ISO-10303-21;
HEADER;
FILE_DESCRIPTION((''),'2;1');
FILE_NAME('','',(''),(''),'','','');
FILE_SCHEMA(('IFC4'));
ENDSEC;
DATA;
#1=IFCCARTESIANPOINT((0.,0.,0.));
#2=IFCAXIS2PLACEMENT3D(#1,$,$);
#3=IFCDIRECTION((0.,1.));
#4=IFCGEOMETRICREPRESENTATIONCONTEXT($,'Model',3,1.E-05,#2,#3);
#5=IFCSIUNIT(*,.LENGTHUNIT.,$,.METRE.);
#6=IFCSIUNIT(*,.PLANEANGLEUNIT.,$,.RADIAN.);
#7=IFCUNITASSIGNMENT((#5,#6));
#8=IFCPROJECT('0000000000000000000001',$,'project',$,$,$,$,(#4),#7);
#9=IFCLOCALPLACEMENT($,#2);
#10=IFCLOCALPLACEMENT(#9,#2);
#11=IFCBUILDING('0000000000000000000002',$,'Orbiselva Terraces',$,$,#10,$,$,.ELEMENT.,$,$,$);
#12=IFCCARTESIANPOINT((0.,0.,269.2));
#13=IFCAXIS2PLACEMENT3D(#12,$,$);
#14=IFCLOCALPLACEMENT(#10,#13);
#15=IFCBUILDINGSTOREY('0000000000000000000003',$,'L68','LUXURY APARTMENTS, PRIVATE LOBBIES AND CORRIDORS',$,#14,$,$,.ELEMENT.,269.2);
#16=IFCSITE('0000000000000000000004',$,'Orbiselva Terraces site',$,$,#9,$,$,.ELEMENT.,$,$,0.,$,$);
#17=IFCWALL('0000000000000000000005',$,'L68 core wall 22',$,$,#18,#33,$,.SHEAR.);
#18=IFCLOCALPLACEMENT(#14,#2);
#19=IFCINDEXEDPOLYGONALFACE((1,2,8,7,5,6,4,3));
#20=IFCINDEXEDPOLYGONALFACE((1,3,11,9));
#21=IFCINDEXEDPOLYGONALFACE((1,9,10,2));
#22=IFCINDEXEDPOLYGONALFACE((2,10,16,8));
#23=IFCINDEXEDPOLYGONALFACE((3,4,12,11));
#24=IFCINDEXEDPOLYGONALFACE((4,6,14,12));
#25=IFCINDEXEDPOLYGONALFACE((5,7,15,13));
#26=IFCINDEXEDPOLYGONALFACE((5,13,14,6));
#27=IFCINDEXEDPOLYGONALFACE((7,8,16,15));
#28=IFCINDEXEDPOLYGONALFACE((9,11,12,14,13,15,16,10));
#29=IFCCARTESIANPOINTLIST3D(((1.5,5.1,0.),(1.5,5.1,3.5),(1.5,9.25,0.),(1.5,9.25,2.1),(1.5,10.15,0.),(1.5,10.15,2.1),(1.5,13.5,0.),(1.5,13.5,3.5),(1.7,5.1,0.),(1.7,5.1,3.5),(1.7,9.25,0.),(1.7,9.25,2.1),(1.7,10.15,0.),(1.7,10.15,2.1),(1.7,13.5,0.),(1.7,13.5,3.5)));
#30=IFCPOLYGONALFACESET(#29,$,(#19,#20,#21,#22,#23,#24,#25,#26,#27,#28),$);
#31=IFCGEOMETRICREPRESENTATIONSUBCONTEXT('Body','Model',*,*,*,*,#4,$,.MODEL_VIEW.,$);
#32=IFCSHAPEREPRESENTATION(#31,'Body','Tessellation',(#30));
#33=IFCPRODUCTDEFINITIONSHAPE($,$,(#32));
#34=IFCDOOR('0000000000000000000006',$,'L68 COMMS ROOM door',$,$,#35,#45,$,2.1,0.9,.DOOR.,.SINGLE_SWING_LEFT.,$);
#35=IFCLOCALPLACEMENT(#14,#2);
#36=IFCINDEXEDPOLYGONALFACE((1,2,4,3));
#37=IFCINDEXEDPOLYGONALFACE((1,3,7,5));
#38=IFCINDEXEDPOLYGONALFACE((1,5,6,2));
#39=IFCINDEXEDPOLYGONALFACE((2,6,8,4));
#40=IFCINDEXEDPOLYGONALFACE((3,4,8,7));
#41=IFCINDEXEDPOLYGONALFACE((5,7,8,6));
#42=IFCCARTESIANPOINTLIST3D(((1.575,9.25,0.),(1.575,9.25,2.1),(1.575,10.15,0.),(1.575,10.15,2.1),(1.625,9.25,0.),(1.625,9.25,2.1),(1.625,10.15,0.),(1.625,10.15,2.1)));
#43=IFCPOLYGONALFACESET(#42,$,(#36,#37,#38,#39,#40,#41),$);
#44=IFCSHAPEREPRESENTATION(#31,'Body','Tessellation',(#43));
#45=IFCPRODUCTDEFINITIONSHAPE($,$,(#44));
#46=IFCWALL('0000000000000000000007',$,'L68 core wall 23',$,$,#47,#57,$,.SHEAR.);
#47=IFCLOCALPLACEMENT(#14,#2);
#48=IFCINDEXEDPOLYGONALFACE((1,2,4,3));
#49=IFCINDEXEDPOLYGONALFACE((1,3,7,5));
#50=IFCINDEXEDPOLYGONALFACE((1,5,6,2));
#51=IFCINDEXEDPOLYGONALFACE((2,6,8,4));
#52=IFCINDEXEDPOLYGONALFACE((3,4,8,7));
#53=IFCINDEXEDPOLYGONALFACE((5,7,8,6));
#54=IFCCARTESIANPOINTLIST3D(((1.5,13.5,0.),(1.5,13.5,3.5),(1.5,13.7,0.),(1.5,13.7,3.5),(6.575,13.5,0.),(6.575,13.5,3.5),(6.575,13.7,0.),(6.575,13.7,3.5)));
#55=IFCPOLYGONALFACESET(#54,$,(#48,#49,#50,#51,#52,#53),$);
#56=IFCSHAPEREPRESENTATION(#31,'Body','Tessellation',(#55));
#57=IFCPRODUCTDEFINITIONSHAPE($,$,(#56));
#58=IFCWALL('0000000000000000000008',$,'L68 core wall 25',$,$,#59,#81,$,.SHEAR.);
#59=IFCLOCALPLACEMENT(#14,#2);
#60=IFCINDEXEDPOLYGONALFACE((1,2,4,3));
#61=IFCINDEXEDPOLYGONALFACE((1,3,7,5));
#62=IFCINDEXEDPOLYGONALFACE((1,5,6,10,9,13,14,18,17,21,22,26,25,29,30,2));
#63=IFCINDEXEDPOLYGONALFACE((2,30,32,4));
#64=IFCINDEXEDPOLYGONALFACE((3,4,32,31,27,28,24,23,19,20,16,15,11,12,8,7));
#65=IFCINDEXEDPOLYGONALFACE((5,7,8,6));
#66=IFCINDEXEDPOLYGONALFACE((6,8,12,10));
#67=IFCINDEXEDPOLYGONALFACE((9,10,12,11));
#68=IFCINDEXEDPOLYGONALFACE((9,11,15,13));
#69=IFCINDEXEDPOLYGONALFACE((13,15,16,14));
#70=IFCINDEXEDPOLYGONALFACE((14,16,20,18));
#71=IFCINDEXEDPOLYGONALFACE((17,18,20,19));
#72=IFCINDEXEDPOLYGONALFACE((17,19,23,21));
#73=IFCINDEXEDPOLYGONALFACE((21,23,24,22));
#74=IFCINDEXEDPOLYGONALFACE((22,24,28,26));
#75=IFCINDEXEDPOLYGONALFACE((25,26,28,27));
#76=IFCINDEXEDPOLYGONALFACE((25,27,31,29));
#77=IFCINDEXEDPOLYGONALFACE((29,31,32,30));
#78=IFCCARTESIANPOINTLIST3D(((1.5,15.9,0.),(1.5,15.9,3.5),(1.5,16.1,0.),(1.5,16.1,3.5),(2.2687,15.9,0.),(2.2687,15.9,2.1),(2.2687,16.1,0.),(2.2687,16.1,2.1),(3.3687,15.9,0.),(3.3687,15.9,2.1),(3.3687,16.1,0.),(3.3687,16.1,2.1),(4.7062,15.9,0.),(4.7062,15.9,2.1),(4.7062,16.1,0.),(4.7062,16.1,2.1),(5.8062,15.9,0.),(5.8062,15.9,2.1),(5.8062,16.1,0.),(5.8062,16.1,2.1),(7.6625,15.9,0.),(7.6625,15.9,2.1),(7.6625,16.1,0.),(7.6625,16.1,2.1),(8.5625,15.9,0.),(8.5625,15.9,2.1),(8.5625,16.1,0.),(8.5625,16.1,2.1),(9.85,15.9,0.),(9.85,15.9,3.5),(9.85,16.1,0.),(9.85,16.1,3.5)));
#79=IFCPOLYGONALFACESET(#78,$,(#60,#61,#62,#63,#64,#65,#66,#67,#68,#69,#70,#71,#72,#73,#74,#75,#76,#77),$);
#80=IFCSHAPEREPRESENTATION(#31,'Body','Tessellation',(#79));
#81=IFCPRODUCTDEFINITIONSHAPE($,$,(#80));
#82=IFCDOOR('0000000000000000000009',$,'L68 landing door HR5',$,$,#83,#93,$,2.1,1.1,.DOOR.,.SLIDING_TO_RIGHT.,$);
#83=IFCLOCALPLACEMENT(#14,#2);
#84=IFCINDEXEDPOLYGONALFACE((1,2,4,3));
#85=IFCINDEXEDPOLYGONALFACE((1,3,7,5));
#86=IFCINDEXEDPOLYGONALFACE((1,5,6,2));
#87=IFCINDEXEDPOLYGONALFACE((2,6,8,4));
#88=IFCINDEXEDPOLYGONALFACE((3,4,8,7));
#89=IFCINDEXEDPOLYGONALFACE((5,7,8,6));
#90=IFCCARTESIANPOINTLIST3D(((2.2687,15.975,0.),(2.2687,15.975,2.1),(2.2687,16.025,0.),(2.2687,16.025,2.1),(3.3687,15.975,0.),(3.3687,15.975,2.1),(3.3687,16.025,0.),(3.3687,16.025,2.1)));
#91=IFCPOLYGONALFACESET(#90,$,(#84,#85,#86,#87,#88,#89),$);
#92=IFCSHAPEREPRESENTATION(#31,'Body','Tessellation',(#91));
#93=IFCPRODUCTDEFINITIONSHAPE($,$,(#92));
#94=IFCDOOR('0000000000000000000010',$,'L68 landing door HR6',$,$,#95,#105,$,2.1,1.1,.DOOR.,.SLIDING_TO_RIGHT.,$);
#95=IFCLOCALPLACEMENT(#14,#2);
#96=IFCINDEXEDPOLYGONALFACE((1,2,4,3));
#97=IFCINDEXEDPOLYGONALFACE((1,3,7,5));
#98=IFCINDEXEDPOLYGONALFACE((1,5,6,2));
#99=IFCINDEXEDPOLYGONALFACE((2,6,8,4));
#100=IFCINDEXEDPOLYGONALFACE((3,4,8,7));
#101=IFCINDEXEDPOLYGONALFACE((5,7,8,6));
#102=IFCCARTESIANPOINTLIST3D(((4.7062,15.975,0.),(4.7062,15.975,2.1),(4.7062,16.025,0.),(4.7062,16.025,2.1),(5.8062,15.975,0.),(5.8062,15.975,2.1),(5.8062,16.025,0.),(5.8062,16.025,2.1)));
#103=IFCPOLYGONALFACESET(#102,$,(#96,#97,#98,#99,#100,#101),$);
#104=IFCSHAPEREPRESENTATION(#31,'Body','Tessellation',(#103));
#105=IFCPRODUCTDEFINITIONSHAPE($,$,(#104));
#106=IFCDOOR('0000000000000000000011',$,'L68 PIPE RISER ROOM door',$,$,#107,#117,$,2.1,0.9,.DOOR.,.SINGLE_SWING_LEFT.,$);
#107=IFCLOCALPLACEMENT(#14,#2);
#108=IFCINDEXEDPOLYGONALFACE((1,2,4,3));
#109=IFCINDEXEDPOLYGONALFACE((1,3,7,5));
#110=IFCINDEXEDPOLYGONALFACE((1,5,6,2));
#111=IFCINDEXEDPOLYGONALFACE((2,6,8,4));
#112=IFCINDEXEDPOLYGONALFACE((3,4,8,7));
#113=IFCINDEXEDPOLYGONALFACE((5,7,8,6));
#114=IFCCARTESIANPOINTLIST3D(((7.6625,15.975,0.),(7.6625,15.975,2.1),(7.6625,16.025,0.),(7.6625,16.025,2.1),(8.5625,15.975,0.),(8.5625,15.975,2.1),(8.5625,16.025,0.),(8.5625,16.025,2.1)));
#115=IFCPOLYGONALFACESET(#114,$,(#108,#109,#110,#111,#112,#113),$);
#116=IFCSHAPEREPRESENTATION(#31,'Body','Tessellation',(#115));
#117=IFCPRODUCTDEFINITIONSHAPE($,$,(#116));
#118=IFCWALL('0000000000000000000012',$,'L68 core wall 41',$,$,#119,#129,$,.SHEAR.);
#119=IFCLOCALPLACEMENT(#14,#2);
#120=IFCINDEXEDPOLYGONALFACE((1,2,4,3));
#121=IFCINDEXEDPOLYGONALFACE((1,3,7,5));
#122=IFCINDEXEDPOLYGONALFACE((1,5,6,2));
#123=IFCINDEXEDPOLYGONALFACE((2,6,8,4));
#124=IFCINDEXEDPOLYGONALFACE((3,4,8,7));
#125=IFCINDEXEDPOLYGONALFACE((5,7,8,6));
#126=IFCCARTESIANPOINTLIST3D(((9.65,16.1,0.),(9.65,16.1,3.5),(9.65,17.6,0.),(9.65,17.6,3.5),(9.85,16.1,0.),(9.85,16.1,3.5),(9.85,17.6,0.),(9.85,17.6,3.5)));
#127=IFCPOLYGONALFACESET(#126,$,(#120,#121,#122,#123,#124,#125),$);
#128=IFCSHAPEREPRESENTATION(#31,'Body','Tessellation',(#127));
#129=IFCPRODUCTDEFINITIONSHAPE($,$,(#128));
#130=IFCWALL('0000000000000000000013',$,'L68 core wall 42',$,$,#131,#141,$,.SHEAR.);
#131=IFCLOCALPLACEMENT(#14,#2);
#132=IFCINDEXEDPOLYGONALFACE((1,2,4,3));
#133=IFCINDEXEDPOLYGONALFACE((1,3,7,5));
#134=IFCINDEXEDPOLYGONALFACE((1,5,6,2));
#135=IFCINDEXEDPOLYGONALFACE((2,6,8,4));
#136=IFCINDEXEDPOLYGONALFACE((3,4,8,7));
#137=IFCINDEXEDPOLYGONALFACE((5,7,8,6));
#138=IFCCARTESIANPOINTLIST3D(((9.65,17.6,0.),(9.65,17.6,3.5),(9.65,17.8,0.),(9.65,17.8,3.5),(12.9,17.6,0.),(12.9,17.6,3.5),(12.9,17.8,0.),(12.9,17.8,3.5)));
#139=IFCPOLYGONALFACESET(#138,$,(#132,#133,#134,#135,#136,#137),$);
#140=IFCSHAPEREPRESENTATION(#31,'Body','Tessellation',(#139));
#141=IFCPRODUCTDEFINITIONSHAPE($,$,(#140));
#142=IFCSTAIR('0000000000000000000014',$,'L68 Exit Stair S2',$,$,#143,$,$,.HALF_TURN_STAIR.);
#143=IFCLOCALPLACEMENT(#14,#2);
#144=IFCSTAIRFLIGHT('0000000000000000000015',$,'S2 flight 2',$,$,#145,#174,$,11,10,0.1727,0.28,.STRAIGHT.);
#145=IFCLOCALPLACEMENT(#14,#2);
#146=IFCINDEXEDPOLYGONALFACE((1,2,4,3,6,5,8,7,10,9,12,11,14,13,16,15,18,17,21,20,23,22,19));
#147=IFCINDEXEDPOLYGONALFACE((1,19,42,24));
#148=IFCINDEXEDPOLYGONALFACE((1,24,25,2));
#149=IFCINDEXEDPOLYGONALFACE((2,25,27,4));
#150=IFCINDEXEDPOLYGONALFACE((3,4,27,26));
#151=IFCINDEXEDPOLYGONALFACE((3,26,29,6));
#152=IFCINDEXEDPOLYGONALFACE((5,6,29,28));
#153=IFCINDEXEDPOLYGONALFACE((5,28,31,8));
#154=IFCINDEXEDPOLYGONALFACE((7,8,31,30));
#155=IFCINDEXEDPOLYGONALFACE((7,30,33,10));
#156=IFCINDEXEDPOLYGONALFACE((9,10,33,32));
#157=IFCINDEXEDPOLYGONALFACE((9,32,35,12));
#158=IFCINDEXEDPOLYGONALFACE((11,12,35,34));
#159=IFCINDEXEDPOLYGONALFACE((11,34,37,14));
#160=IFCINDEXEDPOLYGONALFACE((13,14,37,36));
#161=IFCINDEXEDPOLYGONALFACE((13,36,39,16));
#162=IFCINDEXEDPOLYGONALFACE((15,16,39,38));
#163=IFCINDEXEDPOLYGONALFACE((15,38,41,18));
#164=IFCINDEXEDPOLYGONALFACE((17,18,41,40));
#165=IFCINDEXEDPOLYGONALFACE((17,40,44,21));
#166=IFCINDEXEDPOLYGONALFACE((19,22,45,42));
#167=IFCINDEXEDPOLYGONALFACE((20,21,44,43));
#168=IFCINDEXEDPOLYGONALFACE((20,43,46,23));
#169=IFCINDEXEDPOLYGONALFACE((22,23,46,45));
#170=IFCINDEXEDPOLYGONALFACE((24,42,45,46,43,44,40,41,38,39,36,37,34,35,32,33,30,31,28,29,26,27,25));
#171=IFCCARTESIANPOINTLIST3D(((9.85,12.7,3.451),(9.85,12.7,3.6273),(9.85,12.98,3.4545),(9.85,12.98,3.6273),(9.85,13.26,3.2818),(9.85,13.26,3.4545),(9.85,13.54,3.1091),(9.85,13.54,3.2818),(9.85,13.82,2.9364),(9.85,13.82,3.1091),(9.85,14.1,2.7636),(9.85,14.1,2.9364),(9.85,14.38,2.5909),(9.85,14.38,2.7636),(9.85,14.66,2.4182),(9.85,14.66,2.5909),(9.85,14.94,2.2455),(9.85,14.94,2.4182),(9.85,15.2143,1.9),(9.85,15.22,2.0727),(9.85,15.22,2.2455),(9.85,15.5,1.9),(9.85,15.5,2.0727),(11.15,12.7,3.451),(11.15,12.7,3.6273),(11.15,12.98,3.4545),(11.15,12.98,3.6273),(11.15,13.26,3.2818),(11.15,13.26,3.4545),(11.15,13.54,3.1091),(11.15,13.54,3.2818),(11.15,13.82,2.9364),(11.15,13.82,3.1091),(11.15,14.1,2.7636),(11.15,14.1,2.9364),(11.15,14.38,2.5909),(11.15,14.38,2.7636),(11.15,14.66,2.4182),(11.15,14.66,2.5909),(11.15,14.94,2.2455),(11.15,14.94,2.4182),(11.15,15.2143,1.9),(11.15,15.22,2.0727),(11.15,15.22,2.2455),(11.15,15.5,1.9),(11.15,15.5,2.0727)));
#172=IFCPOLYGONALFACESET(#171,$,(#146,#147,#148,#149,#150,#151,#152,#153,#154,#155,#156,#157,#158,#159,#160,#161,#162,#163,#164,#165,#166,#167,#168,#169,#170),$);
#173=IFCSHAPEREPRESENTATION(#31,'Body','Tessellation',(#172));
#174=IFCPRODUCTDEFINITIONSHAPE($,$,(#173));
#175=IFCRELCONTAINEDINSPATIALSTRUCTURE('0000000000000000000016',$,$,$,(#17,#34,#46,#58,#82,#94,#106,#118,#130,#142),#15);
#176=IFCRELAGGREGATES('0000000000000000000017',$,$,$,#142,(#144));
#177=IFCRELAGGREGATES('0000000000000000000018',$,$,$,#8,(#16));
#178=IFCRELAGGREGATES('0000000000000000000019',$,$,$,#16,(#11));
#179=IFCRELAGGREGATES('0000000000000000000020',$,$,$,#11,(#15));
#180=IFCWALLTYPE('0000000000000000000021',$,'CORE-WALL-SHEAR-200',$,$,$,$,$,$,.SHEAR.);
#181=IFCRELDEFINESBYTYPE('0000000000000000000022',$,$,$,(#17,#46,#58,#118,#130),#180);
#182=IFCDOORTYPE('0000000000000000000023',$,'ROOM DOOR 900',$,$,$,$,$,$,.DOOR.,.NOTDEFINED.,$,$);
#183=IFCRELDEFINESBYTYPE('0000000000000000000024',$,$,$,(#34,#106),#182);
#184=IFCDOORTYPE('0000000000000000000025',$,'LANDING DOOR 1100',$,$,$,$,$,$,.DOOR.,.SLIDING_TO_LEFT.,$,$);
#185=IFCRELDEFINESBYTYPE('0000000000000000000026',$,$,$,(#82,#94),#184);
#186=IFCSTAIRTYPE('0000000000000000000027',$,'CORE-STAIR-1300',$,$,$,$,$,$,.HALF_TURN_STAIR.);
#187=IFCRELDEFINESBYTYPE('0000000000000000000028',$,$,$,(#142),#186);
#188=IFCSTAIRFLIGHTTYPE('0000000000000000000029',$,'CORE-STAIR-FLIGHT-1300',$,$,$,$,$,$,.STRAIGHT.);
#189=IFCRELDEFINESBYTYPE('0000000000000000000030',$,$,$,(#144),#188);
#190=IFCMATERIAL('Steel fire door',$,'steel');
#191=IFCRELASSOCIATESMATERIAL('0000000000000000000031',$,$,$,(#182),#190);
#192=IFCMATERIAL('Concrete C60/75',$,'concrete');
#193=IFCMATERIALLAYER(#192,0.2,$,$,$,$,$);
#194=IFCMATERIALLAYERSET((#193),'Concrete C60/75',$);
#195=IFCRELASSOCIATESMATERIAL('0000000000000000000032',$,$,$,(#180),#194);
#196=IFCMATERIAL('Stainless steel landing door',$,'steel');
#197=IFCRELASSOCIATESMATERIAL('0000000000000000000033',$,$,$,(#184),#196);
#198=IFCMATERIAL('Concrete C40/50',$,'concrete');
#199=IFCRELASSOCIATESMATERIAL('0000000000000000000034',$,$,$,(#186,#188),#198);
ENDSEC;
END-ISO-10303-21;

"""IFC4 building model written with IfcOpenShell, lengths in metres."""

from ifc_helpers import new_model, si_unit, direction, frame, frame_2d, origin, place, context, subcontext, project, spatial, polyline, rectangle, outline, extrude, material, layer, layer_set, type_object, element, fill, aggregate, save


model = new_model("IFC4")

# Units and contexts
model_context = context("Model", 3, precision=1e-05, world=origin(), true_north=direction((0.0, 1.0)))
body_context = subcontext(model_context, "Body", "Model", "MODEL_VIEW")
ifc_project = project(units=[si_unit("LENGTHUNIT", "METRE"), si_unit("PLANEANGLEUNIT", "RADIAN")], contexts=[model_context])

# Site, building, storey
site_placement = place(None, origin())
site = spatial("IfcSite", under=ifc_project, at=site_placement, Name="Orbiselva Terraces site", CompositionType="ELEMENT", RefElevation=0.0)
building_placement = place(site_placement, origin())
building = spatial("IfcBuilding", under=site, at=building_placement, Name="Orbiselva Terraces", CompositionType="ELEMENT")
storey_placement = place(building_placement, frame((0.0, 0.0, 269.2)))
storey = spatial("IfcBuildingStorey", under=building, at=storey_placement, Name="L68", Description="LUXURY APARTMENTS, PRIVATE LOBBIES AND CORRIDORS", CompositionType="ELEMENT", Elevation=269.2)

# Shared definitions
ifc_material_1 = material(Name="Steel fire door", Category="steel")
door_type_1 = type_object("IfcDoorType", Name="ROOM DOOR 900", OperationType="NOTDEFINED", PredefinedType="DOOR", material=ifc_material_1)

# Shared definitions
ifc_material_2 = material(Name="Concrete C40/50", Category="concrete")

# Wall, opening, door
ifc_material_3 = material(Name="Concrete C60/75", Category="concrete")
ifc_layer_1 = layer(ifc_material_3, 0.2)
ifc_layer_set_1 = layer_set([ifc_layer_1], Name="Concrete C60/75")
wall_type_1 = type_object("IfcWallType", Name="CORE-WALL-SHEAR-200", PredefinedType="SHEAR", material=ifc_layer_set_1)
wall_1_placement = place(storey_placement, frame((1.6, 13.5, 0.0), z_axis=(0.0, 0.0, 1.0), x_axis=(0.0, -1.0, 0.0)))
wall_1 = element("IfcWall", 1, at=wall_1_placement, inside=storey, type_object=wall_type_1, Name="L68 core wall 22", PredefinedType="SHEAR", context=body_context, shape_type="SweptSolid", body=[
    extrude(rectangle(XDim=8.4, YDim=0.2, at=frame_2d((4.2, 0.0))), origin(), (0.0, 0.0, 1.0), 3.5),
])
opening_1_placement = place(wall_1_placement, frame((3.35, 0.0, 0.0)))
opening_1 = element("IfcOpeningElement", 2, at=opening_1_placement, cuts=wall_1, PredefinedType="OPENING", context=body_context, shape_type="SweptSolid", body=[
    extrude(rectangle(XDim=0.9, YDim=2.1, at=frame_2d((0.45, 1.05))), frame((0.0, 0.11, 0.0), z_axis=(0.0, -1.0, 0.0), x_axis=(1.0, 0.0, 0.0)), (0.0, 0.0, 1.0), 0.22),
])
door_1_placement = place(opening_1_placement, origin())
door_1 = element("IfcDoor", 3, at=door_1_placement, inside=storey, type_object=door_type_1, Name="L68 COMMS ROOM door", OperationType="SINGLE_SWING_LEFT", OverallHeight=2.1, OverallWidth=0.9, PredefinedType="DOOR", context=body_context, shape_type="SweptSolid", body=[
    extrude(rectangle(XDim=0.9, YDim=2.1, at=frame_2d((0.45, 1.05))), frame((0.0, 0.025, 0.0), z_axis=(0.0, -1.0, 0.0), x_axis=(1.0, 0.0, 0.0)), (0.0, 0.0, 1.0), 0.05),
])
fill(opening_1, door_1)

# Wall
wall_2_placement = place(storey_placement, frame((1.5, 13.6, 0.0), z_axis=(0.0, 0.0, 1.0), x_axis=(1.0, 0.0, 0.0)))
element("IfcWall", 4, at=wall_2_placement, inside=storey, type_object=wall_type_1, Name="L68 core wall 23", PredefinedType="SHEAR", context=body_context, shape_type="SweptSolid", body=[
    extrude(rectangle(XDim=5.075, YDim=0.2, at=frame_2d((2.5375, 0.0))), origin(), (0.0, 0.0, 1.0), 3.5),
])

# Wall, openings, doors
wall_3_placement = place(storey_placement, frame((9.85, 16.0, 0.0), z_axis=(0.0, 0.0, 1.0), x_axis=(-1.0, 0.0, 0.0)))
wall_3 = element("IfcWall", 5, at=wall_3_placement, inside=storey, type_object=wall_type_1, Name="L68 core wall 25", PredefinedType="SHEAR", context=body_context, shape_type="SweptSolid", body=[
    extrude(rectangle(XDim=8.35, YDim=0.2, at=frame_2d((4.175, 0.0))), origin(), (0.0, 0.0, 1.0), 3.5),
])
opening_2_placement = place(wall_3_placement, frame((6.4813, 0.0, 0.0)))
opening_2 = element("IfcOpeningElement", 6, at=opening_2_placement, cuts=wall_3, PredefinedType="OPENING", context=body_context, shape_type="SweptSolid", body=[
    extrude(rectangle(XDim=1.1, YDim=2.1, at=frame_2d((0.55, 1.05))), frame((0.0, 0.11, 0.0), z_axis=(0.0, -1.0, 0.0), x_axis=(1.0, 0.0, 0.0)), (0.0, 0.0, 1.0), 0.22),
])
opening_3_placement = place(wall_3_placement, frame((4.0438, 0.0, 0.0)))
opening_3 = element("IfcOpeningElement", 7, at=opening_3_placement, cuts=wall_3, PredefinedType="OPENING", context=body_context, shape_type="SweptSolid", body=[
    extrude(rectangle(XDim=1.1, YDim=2.1, at=frame_2d((0.55, 1.05))), frame((0.0, 0.11, 0.0), z_axis=(0.0, -1.0, 0.0), x_axis=(1.0, 0.0, 0.0)), (0.0, 0.0, 1.0), 0.22),
])
opening_4_placement = place(wall_3_placement, frame((1.2875, 0.0, 0.0)))
opening_4 = element("IfcOpeningElement", 8, at=opening_4_placement, cuts=wall_3, PredefinedType="OPENING", context=body_context, shape_type="SweptSolid", body=[
    extrude(rectangle(XDim=0.9, YDim=2.1, at=frame_2d((0.45, 1.05))), frame((0.0, 0.11, 0.0), z_axis=(0.0, -1.0, 0.0), x_axis=(1.0, 0.0, 0.0)), (0.0, 0.0, 1.0), 0.22),
])
ifc_material_4 = material(Name="Stainless steel landing door", Category="steel")
door_type_2 = type_object("IfcDoorType", Name="LANDING DOOR 1100", OperationType="SLIDING_TO_LEFT", PredefinedType="DOOR", material=ifc_material_4)
door_2_placement = place(opening_2_placement, origin())
door_2 = element("IfcDoor", 9, at=door_2_placement, inside=storey, type_object=door_type_2, Name="L68 landing door HR5", OperationType="SLIDING_TO_RIGHT", OverallHeight=2.1, OverallWidth=1.1, PredefinedType="DOOR", context=body_context, shape_type="SweptSolid", body=[
    extrude(rectangle(XDim=1.1, YDim=2.1, at=frame_2d((0.55, 1.05))), frame((0.0, 0.025, 0.0), z_axis=(0.0, -1.0, 0.0), x_axis=(1.0, 0.0, 0.0)), (0.0, 0.0, 1.0), 0.05),
])
fill(opening_2, door_2)
door_3_placement = place(opening_3_placement, origin())
door_3 = element("IfcDoor", 10, at=door_3_placement, inside=storey, type_object=door_type_2, Name="L68 landing door HR6", OperationType="SLIDING_TO_RIGHT", OverallHeight=2.1, OverallWidth=1.1, PredefinedType="DOOR", context=body_context, shape_type="SweptSolid", body=[
    extrude(rectangle(XDim=1.1, YDim=2.1, at=frame_2d((0.55, 1.05))), frame((0.0, 0.025, 0.0), z_axis=(0.0, -1.0, 0.0), x_axis=(1.0, 0.0, 0.0)), (0.0, 0.0, 1.0), 0.05),
])
fill(opening_3, door_3)
door_4_placement = place(opening_4_placement, origin())
door_4 = element("IfcDoor", 11, at=door_4_placement, inside=storey, type_object=door_type_1, Name="L68 PIPE RISER ROOM door", OperationType="SINGLE_SWING_LEFT", OverallHeight=2.1, OverallWidth=0.9, PredefinedType="DOOR", context=body_context, shape_type="SweptSolid", body=[
    extrude(rectangle(XDim=0.9, YDim=2.1, at=frame_2d((0.45, 1.05))), frame((0.0, 0.025, 0.0), z_axis=(0.0, -1.0, 0.0), x_axis=(1.0, 0.0, 0.0)), (0.0, 0.0, 1.0), 0.05),
])
fill(opening_4, door_4)

# Walls
wall_4_placement = place(storey_placement, frame((9.75, 16.1, 0.0), z_axis=(0.0, 0.0, 1.0), x_axis=(0.0, 1.0, 0.0)))
element("IfcWall", 12, at=wall_4_placement, inside=storey, type_object=wall_type_1, Name="L68 core wall 41", PredefinedType="SHEAR", context=body_context, shape_type="SweptSolid", body=[
    extrude(rectangle(XDim=1.5, YDim=0.2, at=frame_2d((0.75, 0.0))), origin(), (0.0, 0.0, 1.0), 3.5),
])
wall_5_placement = place(storey_placement, frame((9.65, 17.7, 0.0), z_axis=(0.0, 0.0, 1.0), x_axis=(1.0, 0.0, 0.0)))
element("IfcWall", 13, at=wall_5_placement, inside=storey, type_object=wall_type_1, Name="L68 core wall 42", PredefinedType="SHEAR", context=body_context, shape_type="SweptSolid", body=[
    extrude(rectangle(XDim=3.25, YDim=0.2, at=frame_2d((1.625, 0.0))), origin(), (0.0, 0.0, 1.0), 3.5),
])

# Stair, stair flight
stair_type = type_object("IfcStairType", Name="CORE-STAIR-1300", PredefinedType="HALF_TURN_STAIR", material=ifc_material_2)
stair_placement = place(storey_placement, origin())
stair = element("IfcStair", 14, at=stair_placement, inside=storey, type_object=stair_type, Name="L68 Exit Stair S2", PredefinedType="HALF_TURN_STAIR")
stair_flight_type = type_object("IfcStairFlightType", Name="CORE-STAIR-FLIGHT-1300", PredefinedType="STRAIGHT", material=ifc_material_2)
stair_flight_placement = place(storey_placement, frame((10.5, 15.5, 1.9), z_axis=(0.0, 0.0, 1.0), x_axis=(0.0, -1.0, 0.0)))
stair_flight = element("IfcStairFlight", 15, at=stair_flight_placement, type_object=stair_flight_type, Name="S2 flight 2", NumberOfRisers=11, NumberOfTreads=10, PredefinedType="STRAIGHT", RiserHeight=0.1727, TreadLength=0.28, context=body_context, shape_type="SweptSolid", body=[
    extrude(outline(polyline([(0.0, 0.0), (0.0, 0.1727), (0.28, 0.1727), (0.28, 0.3455), (0.56, 0.3455), (0.56, 0.5182), (0.84, 0.5182), (0.84, 0.6909), (1.12, 0.6909), (1.12, 0.8636), (1.4, 0.8636), (1.4, 1.0364), (1.68, 1.0364), (1.68, 1.2091), (1.96, 1.2091), (1.96, 1.3818), (2.24, 1.3818), (2.24, 1.5545), (2.52, 1.5545), (2.52, 1.7273), (2.8, 1.7273), (2.8, 1.9), (2.8, 1.551), (0.2857, 0.0), (0.0, 0.0)])), frame((0.0, 0.65, 0.0), z_axis=(0.0, -1.0, 0.0), x_axis=(1.0, 0.0, 0.0)), (0.0, 0.0, 1.0), 1.3),
])
aggregate(stair, [stair_flight])

save(model, "model.ifc")
